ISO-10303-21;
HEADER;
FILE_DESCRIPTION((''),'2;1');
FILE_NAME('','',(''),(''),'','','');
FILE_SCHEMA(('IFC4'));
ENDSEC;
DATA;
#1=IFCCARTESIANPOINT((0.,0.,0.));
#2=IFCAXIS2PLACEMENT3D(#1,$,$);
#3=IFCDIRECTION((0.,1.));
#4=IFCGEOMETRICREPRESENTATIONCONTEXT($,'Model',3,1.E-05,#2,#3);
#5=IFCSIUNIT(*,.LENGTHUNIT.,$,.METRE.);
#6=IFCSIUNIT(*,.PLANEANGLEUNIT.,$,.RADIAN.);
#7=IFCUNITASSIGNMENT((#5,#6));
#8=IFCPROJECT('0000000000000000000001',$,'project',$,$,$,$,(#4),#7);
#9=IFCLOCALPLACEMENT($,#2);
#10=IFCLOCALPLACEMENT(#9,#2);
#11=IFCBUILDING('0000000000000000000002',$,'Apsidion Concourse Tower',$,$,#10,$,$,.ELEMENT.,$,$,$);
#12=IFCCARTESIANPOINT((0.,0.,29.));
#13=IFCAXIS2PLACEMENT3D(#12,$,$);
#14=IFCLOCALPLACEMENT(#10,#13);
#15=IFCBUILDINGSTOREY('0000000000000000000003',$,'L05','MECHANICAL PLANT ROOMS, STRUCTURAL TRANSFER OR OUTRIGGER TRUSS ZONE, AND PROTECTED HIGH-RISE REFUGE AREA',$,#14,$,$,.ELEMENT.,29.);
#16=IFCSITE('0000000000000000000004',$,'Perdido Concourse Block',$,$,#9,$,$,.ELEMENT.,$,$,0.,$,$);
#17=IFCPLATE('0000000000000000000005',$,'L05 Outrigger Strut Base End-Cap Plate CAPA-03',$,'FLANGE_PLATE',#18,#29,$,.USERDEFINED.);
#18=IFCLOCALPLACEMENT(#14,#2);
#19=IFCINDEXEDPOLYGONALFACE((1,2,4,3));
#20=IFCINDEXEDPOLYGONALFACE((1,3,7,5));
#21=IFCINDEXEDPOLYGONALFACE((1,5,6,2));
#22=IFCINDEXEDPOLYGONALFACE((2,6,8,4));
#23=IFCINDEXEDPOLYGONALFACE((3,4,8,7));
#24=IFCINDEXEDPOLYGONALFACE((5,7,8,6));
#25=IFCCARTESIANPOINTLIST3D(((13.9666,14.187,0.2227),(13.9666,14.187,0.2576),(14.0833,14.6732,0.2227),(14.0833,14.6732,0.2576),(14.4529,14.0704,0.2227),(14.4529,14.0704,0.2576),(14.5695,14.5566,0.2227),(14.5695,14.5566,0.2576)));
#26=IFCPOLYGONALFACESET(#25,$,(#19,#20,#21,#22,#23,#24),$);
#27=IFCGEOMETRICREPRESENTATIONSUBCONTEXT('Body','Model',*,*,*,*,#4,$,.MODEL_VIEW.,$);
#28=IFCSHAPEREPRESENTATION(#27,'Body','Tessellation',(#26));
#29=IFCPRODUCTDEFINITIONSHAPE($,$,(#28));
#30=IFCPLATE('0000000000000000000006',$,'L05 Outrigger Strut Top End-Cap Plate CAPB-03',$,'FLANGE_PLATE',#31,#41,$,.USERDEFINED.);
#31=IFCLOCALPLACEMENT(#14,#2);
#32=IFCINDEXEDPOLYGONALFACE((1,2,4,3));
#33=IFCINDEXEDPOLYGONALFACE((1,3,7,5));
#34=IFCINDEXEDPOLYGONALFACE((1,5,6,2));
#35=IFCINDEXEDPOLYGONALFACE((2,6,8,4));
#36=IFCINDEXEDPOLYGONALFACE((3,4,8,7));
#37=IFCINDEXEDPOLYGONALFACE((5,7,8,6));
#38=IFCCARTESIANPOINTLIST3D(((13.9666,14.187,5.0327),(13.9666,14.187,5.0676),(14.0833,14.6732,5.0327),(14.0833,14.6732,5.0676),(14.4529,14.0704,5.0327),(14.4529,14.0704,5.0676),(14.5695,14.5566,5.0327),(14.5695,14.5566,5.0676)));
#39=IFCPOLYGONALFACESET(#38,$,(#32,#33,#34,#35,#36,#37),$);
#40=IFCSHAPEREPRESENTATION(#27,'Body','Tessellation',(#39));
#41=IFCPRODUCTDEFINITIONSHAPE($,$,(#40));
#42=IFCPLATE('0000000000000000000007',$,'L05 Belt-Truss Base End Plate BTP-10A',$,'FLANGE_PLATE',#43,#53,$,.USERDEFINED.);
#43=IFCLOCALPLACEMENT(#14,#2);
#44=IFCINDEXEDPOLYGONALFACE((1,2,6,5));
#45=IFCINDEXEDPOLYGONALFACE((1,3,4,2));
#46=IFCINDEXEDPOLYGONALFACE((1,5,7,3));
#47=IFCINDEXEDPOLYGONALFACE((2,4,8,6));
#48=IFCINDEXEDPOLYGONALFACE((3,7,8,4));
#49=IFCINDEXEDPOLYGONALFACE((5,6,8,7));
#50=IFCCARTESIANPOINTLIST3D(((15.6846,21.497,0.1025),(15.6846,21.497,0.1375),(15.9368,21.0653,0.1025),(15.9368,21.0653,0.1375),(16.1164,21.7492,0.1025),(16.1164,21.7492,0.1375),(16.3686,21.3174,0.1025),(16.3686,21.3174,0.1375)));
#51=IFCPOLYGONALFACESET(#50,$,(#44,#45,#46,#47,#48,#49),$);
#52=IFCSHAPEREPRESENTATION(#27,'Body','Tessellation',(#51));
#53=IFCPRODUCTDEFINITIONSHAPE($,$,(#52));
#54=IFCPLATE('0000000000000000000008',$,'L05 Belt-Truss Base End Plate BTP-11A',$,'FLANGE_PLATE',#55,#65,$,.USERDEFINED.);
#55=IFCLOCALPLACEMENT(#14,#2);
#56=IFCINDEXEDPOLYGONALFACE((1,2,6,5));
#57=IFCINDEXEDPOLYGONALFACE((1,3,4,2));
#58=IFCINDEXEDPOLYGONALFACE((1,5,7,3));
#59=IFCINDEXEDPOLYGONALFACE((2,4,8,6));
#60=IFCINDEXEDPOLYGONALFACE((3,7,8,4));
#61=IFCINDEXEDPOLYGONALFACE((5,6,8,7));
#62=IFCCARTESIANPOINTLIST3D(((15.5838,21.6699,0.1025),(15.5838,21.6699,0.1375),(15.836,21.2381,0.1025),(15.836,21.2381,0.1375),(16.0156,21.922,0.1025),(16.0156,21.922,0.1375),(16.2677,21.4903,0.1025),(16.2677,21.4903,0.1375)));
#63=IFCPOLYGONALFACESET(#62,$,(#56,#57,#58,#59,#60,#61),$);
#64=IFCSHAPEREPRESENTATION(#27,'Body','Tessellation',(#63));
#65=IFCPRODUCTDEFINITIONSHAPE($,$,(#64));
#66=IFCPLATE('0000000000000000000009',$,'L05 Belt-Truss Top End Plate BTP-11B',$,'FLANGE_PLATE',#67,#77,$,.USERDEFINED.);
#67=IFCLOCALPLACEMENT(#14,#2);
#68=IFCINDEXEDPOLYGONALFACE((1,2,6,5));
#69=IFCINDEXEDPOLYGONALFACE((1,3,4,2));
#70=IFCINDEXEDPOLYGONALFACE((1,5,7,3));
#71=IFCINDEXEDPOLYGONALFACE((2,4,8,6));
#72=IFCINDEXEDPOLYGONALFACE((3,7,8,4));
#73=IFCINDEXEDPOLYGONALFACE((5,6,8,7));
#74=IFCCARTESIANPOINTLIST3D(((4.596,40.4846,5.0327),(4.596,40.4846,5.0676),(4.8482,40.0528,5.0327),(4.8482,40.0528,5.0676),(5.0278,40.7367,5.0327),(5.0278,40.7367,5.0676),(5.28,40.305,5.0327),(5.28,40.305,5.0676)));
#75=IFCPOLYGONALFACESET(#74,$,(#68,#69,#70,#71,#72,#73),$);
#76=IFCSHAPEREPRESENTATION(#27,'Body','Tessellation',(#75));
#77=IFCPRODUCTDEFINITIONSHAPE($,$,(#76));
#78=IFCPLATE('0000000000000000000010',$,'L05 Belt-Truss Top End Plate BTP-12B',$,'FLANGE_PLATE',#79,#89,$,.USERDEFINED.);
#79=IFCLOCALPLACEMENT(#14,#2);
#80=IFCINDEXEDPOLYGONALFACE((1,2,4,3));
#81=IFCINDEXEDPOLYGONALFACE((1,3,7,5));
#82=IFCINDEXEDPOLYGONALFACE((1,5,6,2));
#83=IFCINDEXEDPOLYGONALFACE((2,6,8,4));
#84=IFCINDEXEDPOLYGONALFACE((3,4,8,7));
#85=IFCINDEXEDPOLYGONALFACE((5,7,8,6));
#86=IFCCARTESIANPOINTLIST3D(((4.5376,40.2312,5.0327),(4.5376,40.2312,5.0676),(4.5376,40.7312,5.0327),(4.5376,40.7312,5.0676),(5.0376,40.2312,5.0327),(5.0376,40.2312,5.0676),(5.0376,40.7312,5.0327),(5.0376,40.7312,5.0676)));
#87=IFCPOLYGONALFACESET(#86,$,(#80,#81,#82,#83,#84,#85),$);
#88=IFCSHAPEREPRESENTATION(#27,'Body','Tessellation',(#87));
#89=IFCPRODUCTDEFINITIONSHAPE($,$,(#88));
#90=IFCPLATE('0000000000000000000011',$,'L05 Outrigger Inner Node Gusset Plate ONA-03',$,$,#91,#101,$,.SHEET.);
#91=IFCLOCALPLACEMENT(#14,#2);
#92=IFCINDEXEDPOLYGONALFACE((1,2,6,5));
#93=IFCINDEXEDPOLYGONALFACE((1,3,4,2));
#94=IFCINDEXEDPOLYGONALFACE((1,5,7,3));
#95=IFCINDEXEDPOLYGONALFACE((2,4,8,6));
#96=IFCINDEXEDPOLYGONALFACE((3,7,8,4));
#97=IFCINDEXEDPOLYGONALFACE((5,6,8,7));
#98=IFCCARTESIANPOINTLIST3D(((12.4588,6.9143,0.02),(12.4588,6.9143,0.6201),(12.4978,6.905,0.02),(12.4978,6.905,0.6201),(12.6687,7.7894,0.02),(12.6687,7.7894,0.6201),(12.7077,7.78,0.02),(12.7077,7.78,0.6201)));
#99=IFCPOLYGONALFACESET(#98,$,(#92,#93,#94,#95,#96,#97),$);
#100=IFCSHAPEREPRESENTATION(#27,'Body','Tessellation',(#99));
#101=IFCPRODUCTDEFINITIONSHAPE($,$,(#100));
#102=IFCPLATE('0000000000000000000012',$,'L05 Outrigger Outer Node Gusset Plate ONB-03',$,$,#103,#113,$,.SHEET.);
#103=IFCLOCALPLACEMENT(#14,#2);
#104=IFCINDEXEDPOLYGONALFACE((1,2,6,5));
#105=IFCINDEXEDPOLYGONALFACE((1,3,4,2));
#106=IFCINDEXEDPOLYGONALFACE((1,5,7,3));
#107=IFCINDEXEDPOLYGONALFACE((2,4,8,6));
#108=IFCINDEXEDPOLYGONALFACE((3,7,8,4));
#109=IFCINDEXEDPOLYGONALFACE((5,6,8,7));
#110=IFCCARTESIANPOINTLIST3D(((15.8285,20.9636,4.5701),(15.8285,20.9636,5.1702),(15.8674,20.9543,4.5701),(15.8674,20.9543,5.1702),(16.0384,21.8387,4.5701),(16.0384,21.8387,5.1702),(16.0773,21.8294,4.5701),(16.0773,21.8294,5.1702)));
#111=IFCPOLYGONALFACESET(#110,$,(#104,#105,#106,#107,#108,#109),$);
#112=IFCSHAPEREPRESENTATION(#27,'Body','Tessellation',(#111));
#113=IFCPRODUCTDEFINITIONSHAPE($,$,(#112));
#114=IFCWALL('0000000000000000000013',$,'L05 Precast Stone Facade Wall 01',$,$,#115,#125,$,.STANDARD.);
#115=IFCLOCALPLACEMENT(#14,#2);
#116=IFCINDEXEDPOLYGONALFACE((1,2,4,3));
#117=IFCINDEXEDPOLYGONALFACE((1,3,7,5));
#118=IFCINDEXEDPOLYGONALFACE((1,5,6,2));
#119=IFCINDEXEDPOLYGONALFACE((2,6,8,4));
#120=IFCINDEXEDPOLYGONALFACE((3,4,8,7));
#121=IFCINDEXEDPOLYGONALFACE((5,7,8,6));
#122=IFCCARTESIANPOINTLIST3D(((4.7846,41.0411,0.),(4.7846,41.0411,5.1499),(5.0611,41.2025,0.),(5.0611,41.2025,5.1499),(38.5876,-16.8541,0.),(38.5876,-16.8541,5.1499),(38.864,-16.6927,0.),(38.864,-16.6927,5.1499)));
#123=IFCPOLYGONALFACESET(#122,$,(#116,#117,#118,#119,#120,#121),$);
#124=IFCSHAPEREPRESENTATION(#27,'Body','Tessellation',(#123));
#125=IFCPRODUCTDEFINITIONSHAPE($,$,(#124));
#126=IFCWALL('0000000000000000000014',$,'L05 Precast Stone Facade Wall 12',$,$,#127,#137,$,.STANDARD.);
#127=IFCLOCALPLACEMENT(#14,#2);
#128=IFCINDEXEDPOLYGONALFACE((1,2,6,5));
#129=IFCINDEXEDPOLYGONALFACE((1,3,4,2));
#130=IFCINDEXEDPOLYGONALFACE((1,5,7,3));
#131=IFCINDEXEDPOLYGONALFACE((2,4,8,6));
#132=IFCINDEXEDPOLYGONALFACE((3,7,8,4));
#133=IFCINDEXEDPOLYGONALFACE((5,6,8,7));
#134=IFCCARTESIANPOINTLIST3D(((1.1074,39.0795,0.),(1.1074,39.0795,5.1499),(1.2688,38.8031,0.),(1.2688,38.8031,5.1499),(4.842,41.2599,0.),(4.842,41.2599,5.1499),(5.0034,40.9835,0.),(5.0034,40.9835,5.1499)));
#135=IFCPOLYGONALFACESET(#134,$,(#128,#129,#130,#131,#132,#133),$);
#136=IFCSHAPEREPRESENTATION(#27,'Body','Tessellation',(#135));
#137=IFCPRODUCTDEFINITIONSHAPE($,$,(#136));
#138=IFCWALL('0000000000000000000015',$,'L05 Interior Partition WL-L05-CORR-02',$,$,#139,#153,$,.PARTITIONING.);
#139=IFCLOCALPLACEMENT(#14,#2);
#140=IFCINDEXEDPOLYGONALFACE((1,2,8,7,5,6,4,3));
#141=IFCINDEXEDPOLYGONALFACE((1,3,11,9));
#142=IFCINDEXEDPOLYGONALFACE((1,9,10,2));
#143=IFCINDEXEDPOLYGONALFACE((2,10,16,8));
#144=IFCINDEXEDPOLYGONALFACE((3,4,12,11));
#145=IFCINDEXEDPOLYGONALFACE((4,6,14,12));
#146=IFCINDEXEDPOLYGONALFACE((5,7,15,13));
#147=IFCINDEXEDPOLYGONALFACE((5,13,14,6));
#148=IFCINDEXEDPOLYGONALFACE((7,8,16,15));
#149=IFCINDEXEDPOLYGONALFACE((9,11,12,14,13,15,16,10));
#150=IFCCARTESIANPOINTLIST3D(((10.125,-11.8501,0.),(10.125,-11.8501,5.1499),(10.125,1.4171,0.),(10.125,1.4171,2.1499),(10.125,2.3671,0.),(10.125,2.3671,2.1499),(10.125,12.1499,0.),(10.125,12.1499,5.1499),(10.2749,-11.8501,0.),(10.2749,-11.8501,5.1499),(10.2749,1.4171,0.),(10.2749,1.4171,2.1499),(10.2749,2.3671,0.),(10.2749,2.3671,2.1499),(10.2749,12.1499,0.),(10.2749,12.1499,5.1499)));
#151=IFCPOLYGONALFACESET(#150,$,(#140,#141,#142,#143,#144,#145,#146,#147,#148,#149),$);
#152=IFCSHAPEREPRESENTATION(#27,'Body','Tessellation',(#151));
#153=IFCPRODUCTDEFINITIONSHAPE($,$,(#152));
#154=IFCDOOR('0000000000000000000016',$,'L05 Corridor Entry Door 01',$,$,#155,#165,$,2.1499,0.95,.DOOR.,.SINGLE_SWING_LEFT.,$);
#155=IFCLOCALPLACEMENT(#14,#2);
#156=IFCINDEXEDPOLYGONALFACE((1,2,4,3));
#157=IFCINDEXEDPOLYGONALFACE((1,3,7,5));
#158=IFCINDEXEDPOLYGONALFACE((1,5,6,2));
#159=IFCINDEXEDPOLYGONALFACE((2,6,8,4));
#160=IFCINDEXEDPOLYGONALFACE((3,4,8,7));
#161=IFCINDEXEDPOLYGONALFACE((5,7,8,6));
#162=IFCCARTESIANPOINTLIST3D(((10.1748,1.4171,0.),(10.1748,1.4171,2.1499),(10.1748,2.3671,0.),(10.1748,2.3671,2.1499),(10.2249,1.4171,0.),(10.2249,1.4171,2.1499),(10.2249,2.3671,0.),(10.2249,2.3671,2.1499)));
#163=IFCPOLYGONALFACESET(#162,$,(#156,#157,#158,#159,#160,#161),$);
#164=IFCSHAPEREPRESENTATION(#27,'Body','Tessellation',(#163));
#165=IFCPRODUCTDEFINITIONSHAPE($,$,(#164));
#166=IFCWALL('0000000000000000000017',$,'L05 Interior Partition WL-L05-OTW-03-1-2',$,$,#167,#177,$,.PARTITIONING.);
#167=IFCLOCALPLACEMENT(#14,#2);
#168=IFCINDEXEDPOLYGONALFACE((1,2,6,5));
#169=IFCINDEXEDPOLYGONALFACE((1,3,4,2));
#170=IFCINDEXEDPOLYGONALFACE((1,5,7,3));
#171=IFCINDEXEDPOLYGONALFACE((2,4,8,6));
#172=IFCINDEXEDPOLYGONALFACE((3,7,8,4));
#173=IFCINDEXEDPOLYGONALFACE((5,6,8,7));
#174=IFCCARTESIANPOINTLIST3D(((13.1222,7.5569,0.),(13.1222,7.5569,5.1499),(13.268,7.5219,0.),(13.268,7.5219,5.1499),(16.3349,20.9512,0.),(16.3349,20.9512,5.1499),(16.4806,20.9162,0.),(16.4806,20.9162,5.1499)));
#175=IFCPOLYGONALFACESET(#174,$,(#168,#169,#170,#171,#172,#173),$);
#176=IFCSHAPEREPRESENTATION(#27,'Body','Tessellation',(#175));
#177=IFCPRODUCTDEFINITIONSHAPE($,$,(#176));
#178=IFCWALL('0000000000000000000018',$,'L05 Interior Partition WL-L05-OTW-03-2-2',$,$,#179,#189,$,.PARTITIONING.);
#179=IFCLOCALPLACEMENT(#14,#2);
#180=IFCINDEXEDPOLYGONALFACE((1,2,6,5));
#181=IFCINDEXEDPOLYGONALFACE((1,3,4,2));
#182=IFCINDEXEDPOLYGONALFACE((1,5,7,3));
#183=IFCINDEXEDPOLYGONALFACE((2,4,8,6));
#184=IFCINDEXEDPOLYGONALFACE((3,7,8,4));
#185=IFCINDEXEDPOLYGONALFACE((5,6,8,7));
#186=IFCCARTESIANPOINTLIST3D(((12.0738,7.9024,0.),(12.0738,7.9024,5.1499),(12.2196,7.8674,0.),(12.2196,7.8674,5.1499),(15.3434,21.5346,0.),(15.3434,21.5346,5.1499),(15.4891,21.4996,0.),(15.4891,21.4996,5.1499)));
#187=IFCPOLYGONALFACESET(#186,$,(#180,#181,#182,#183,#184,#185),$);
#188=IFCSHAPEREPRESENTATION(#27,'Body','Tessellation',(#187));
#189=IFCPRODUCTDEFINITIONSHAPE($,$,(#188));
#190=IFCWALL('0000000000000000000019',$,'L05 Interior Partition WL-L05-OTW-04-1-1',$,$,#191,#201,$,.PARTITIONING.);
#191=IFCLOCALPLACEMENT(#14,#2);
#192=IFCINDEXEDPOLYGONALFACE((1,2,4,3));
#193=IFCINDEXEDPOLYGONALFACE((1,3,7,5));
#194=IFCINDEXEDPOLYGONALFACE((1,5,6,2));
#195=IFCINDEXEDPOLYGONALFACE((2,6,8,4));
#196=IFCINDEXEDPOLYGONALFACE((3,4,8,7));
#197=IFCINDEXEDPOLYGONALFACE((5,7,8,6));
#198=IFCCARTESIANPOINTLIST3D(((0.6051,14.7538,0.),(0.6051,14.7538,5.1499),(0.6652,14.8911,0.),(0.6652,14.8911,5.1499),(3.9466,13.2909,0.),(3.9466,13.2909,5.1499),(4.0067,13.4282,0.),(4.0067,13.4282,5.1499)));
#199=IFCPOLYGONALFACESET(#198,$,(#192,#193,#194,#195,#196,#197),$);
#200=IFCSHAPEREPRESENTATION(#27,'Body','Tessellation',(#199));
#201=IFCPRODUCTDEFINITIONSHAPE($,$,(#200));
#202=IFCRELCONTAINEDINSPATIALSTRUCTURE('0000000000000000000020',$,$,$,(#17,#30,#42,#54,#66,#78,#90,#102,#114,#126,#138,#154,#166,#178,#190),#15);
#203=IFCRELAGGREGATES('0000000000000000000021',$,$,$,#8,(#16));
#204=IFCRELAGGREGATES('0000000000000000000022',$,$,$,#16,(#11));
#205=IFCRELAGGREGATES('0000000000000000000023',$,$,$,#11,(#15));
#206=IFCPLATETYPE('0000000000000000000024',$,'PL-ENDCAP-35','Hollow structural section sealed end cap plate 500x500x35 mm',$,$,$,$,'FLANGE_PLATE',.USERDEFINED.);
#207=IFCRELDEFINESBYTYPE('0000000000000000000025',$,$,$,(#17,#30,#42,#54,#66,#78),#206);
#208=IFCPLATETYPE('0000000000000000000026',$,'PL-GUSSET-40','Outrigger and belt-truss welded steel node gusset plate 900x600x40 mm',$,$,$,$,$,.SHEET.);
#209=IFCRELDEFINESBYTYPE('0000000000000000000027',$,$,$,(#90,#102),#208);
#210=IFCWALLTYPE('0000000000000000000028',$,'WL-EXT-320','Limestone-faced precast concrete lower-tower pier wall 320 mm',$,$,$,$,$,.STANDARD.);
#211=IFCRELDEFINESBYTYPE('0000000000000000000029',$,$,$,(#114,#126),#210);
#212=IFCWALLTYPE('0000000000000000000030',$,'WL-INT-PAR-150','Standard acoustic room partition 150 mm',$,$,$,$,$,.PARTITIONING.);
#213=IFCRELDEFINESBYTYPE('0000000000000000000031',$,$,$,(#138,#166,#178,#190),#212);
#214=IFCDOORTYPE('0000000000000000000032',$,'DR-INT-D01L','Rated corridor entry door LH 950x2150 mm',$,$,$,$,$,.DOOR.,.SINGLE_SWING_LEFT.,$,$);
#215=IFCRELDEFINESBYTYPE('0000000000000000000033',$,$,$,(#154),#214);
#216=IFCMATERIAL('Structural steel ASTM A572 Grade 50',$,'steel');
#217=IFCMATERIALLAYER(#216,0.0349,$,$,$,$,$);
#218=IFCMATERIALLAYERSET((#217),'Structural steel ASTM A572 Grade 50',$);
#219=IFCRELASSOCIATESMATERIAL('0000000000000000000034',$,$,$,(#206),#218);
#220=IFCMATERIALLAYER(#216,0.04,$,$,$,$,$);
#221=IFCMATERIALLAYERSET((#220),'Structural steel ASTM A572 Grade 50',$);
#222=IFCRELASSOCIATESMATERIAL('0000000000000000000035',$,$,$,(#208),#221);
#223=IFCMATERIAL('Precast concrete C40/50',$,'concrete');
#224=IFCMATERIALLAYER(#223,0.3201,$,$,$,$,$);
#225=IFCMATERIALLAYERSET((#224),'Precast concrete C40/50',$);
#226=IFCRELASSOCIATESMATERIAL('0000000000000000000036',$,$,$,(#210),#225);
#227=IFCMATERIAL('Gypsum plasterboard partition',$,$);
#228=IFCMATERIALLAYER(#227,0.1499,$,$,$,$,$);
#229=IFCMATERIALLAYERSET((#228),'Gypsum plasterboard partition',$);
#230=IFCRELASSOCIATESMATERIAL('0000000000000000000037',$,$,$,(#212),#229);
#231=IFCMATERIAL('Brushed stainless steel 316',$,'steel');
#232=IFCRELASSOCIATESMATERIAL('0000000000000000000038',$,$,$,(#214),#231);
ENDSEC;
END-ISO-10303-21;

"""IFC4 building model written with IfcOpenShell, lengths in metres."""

from ifc_helpers import new_model, si_unit, direction, frame, frame_2d, origin, origin_2d, place, context, subcontext, project, spatial, rectangle, extrude, material, layer, layer_set, type_object, element, fill, save


model = new_model("IFC4")

# Units and contexts
model_context = context("Model", 3, precision=1e-05, world=origin(), true_north=direction((0.0, 1.0)))
body_context = subcontext(model_context, "Body", "Model", "MODEL_VIEW")
ifc_project = project(units=[si_unit("LENGTHUNIT", "METRE"), si_unit("PLANEANGLEUNIT", "RADIAN")], contexts=[model_context])

# Site, building, storey
site_placement = place(None, origin())
site = spatial("IfcSite", under=ifc_project, at=site_placement, Name="Perdido Concourse Block", CompositionType="ELEMENT", RefElevation=0.0)
building_placement = place(site_placement, origin())
building = spatial("IfcBuilding", under=site, at=building_placement, Name="Apsidion Concourse Tower", CompositionType="ELEMENT")
storey_placement = place(building_placement, frame((0.0, 0.0, 29.0)))
storey = spatial("IfcBuildingStorey", under=building, at=storey_placement, Name="L05", Description="MECHANICAL PLANT ROOMS, STRUCTURAL TRANSFER OR OUTRIGGER TRUSS ZONE, AND PROTECTED HIGH-RISE REFUGE AREA", CompositionType="ELEMENT", Elevation=29.0)

# Shared definitions
ifc_material_1 = material(Name="Structural steel ASTM A572 Grade 50", Category="steel")

# Plates
ifc_layer_1 = layer(ifc_material_1, 0.0349)
ifc_layer_set_1 = layer_set([ifc_layer_1], Name="Structural steel ASTM A572 Grade 50")
plate_type_1 = type_object("IfcPlateType", Name="PL-ENDCAP-35", Description="Hollow structural section sealed end cap plate 500x500x35 mm", ElementType="FLANGE_PLATE", PredefinedType="USERDEFINED", material=ifc_layer_set_1)
for number, where, z_axis, x_axis, name in (
    (1, (14.2681, 14.3718, 0.2227), (0.0, 0.0, 1.0), (0.233276, 0.972411, 0.0), "L05 Outrigger Strut Base End-Cap Plate CAPA-03"),
    (2, (14.2681, 14.3718, 5.0327), (0.0, 0.0, 1.0), (0.233276, 0.972411, 0.0), "L05 Outrigger Strut Top End-Cap Plate CAPB-03"),
    (3, (16.0266, 21.4072, 0.1025), (0.0, 0.0, 1.0), (-0.504377, 0.863484, 0.0), "L05 Belt-Truss Base End Plate BTP-10A"),
    (4, (15.9258, 21.5801, 0.1025), (0.0, 0.0, 1.0), (-0.504377, 0.863484, 0.0), "L05 Belt-Truss Base End Plate BTP-11A"),
    (5, (4.938, 40.3948, 5.0327), (0.0, 0.0, 1.0), (-0.504377, 0.863484, 0.0), "L05 Belt-Truss Top End Plate BTP-11B"),
    (6, (4.7876, 40.4812, 5.0327), (0.0, 0.0, 1.0), (1.0, 0.0, 0.0), "L05 Belt-Truss Top End Plate BTP-12B"),
):
    element("IfcPlate", number, at=place(storey_placement, frame(where, z_axis=z_axis, x_axis=x_axis)), inside=storey, type_object=plate_type_1, Name=name, ObjectType="FLANGE_PLATE", PredefinedType="USERDEFINED", context=body_context, shape_type="SweptSolid", body=[
        extrude(rectangle(XDim=0.5, YDim=0.5, at=origin_2d()), origin(), (0.0, 0.0, 1.0), 0.0349),
    ])
ifc_layer_2 = layer(ifc_material_1, 0.04)
ifc_layer_set_2 = layer_set([ifc_layer_2], Name="Structural steel ASTM A572 Grade 50")
plate_type_2 = type_object("IfcPlateType", Name="PL-GUSSET-40", Description="Outrigger and belt-truss welded steel node gusset plate 900x600x40 mm", PredefinedType="SHEET", material=ifc_layer_set_2)
for number, where, z_axis, x_axis, name in (
    (7, (12.5833, 7.3472, 0.02), (0.0, 0.0, 1.0), (0.233276, 0.972411, 0.0), "L05 Outrigger Inner Node Gusset Plate ONA-03"),
    (8, (15.9529, 21.3965, 4.5701), (0.0, 0.0, 1.0), (0.233276, 0.972411, 0.0), "L05 Outrigger Outer Node Gusset Plate ONB-03"),
):
    element("IfcPlate", number, at=place(storey_placement, frame(where, z_axis=z_axis, x_axis=x_axis)), inside=storey, type_object=plate_type_2, Name=name, PredefinedType="SHEET", context=body_context, shape_type="SweptSolid", body=[
        extrude(rectangle(XDim=0.8999, YDim=0.04, at=origin_2d()), origin(), (0.0, 0.0, 1.0), 0.6001),
    ])

# Walls
ifc_material_2 = material(Name="Precast concrete C40/50", Category="concrete")
ifc_layer_3 = layer(ifc_material_2, 0.3201)
ifc_layer_set_3 = layer_set([ifc_layer_3], Name="Precast concrete C40/50")
wall_type_1 = type_object("IfcWallType", Name="WL-EXT-320", Description="Limestone-faced precast concrete lower-tower pier wall 320 mm", PredefinedType="STANDARD", material=ifc_layer_set_3)
wall_1_placement = place(storey_placement, frame((4.9229, 41.1218, 0.0), z_axis=(0.0, 0.0, 1.0), x_axis=(0.504213, -0.863579, 0.0)))
element("IfcWall", 9, at=wall_1_placement, inside=storey, type_object=wall_type_1, Name="L05 Precast Stone Facade Wall 01", PredefinedType="STANDARD", context=body_context, shape_type="SweptSolid", body=[
    extrude(rectangle(XDim=67.041, YDim=0.3201, at=frame_2d((33.5205, 0.0))), origin(), (0.0, 0.0, 1.0), 5.1499),
])
wall_2_placement = place(storey_placement, frame((1.1882, 38.9414, 0.0), z_axis=(0.0, 0.0, 1.0), x_axis=(0.863588, 0.504197, 0.0)))
element("IfcWall", 10, at=wall_2_placement, inside=storey, type_object=wall_type_1, Name="L05 Precast Stone Facade Wall 12", PredefinedType="STANDARD", context=body_context, shape_type="SweptSolid", body=[
    extrude(rectangle(XDim=4.3245, YDim=0.3201, at=frame_2d((2.1621, 0.0))), origin(), (0.0, 0.0, 1.0), 5.1499),
])

# Wall, opening, door
ifc_material_3 = material(Name="Gypsum plasterboard partition")
ifc_layer_4 = layer(ifc_material_3, 0.1499)
ifc_layer_set_4 = layer_set([ifc_layer_4], Name="Gypsum plasterboard partition")
wall_type_2 = type_object("IfcWallType", Name="WL-INT-PAR-150", Description="Standard acoustic room partition 150 mm", PredefinedType="PARTITIONING", material=ifc_layer_set_4)
wall_3_placement = place(storey_placement, frame((10.2, 12.1499, 0.0), z_axis=(0.0, 0.0, 1.0), x_axis=(0.0, -1.0, 0.0)))
wall_3 = element("IfcWall", 11, at=wall_3_placement, inside=storey, type_object=wall_type_2, Name="L05 Interior Partition WL-L05-CORR-02", PredefinedType="PARTITIONING", context=body_context, shape_type="SweptSolid", body=[
    extrude(rectangle(XDim=24.0, YDim=0.1499, at=frame_2d((12.0, 0.0))), origin(), (0.0, 0.0, 1.0), 5.1499),
])
opening_placement = place(wall_3_placement, frame((9.7827, 0.0, 0.0)))
opening = element("IfcOpeningElement", 12, at=opening_placement, cuts=wall_3, PredefinedType="OPENING", context=body_context, shape_type="SweptSolid", body=[
    extrude(rectangle(XDim=0.95, YDim=2.1499, at=frame_2d((0.4751, 1.075))), frame((0.0, 0.085, 0.0), z_axis=(0.0, -1.0, 0.0), x_axis=(1.0, 0.0, 0.0)), (0.0, 0.0, 1.0), 0.1699),
])
ifc_material_4 = material(Name="Brushed stainless steel 316", Category="steel")
door_type = type_object("IfcDoorType", Name="DR-INT-D01L", Description="Rated corridor entry door LH 950x2150 mm", OperationType="SINGLE_SWING_LEFT", PredefinedType="DOOR", material=ifc_material_4)
door_placement = place(opening_placement, origin())
door = element("IfcDoor", 13, at=door_placement, inside=storey, type_object=door_type, Name="L05 Corridor Entry Door 01", OperationType="SINGLE_SWING_LEFT", OverallHeight=2.1499, OverallWidth=0.95, PredefinedType="DOOR", context=body_context, shape_type="SweptSolid", body=[
    extrude(rectangle(XDim=0.95, YDim=2.1499, at=frame_2d((0.4751, 1.075))), frame((0.0, 0.0249, 0.0), z_axis=(0.0, -1.0, 0.0), x_axis=(1.0, 0.0, 0.0)), (0.0, 0.0, 1.0), 0.05),
])
fill(opening, door)

# Walls
wall_4_placement = place(storey_placement, frame((13.1951, 7.5393, 0.0), z_axis=(0.0, 0.0, 1.0), x_axis=(0.233237, 0.97242, 0.0)))
element("IfcWall", 14, at=wall_4_placement, inside=storey, type_object=wall_type_2, Name="L05 Interior Partition WL-L05-OTW-03-1-2", PredefinedType="PARTITIONING", context=body_context, shape_type="SweptSolid", body=[
    extrude(rectangle(XDim=13.7742, YDim=0.1499, at=frame_2d((6.8872, 0.0))), origin(), (0.0, 0.0, 1.0), 5.1499),
])
wall_5_placement = place(storey_placement, frame((12.1467, 7.885, 0.0), z_axis=(0.0, 0.0, 1.0), x_axis=(0.233227, 0.972422, 0.0)))
element("IfcWall", 15, at=wall_5_placement, inside=storey, type_object=wall_type_2, Name="L05 Interior Partition WL-L05-OTW-03-2-2", PredefinedType="PARTITIONING", context=body_context, shape_type="SweptSolid", body=[
    extrude(rectangle(XDim=14.0188, YDim=0.1499, at=frame_2d((7.0093, 0.0))), origin(), (0.0, 0.0, 1.0), 5.1499),
])
wall_6_placement = place(storey_placement, frame((3.9766, 13.3596, 0.0), z_axis=(0.0, 0.0, 1.0), x_axis=(-0.916061, 0.40104, 0.0)))
element("IfcWall", 16, at=wall_6_placement, inside=storey, type_object=wall_type_2, Name="L05 Interior Partition WL-L05-OTW-04-1-1", PredefinedType="PARTITIONING", context=body_context, shape_type="SweptSolid", body=[
    extrude(rectangle(XDim=3.6477, YDim=0.1499, at=frame_2d((1.8237, 0.0))), origin(), (0.0, 0.0, 1.0), 5.1499),
])

save(model, "model.ifc")
